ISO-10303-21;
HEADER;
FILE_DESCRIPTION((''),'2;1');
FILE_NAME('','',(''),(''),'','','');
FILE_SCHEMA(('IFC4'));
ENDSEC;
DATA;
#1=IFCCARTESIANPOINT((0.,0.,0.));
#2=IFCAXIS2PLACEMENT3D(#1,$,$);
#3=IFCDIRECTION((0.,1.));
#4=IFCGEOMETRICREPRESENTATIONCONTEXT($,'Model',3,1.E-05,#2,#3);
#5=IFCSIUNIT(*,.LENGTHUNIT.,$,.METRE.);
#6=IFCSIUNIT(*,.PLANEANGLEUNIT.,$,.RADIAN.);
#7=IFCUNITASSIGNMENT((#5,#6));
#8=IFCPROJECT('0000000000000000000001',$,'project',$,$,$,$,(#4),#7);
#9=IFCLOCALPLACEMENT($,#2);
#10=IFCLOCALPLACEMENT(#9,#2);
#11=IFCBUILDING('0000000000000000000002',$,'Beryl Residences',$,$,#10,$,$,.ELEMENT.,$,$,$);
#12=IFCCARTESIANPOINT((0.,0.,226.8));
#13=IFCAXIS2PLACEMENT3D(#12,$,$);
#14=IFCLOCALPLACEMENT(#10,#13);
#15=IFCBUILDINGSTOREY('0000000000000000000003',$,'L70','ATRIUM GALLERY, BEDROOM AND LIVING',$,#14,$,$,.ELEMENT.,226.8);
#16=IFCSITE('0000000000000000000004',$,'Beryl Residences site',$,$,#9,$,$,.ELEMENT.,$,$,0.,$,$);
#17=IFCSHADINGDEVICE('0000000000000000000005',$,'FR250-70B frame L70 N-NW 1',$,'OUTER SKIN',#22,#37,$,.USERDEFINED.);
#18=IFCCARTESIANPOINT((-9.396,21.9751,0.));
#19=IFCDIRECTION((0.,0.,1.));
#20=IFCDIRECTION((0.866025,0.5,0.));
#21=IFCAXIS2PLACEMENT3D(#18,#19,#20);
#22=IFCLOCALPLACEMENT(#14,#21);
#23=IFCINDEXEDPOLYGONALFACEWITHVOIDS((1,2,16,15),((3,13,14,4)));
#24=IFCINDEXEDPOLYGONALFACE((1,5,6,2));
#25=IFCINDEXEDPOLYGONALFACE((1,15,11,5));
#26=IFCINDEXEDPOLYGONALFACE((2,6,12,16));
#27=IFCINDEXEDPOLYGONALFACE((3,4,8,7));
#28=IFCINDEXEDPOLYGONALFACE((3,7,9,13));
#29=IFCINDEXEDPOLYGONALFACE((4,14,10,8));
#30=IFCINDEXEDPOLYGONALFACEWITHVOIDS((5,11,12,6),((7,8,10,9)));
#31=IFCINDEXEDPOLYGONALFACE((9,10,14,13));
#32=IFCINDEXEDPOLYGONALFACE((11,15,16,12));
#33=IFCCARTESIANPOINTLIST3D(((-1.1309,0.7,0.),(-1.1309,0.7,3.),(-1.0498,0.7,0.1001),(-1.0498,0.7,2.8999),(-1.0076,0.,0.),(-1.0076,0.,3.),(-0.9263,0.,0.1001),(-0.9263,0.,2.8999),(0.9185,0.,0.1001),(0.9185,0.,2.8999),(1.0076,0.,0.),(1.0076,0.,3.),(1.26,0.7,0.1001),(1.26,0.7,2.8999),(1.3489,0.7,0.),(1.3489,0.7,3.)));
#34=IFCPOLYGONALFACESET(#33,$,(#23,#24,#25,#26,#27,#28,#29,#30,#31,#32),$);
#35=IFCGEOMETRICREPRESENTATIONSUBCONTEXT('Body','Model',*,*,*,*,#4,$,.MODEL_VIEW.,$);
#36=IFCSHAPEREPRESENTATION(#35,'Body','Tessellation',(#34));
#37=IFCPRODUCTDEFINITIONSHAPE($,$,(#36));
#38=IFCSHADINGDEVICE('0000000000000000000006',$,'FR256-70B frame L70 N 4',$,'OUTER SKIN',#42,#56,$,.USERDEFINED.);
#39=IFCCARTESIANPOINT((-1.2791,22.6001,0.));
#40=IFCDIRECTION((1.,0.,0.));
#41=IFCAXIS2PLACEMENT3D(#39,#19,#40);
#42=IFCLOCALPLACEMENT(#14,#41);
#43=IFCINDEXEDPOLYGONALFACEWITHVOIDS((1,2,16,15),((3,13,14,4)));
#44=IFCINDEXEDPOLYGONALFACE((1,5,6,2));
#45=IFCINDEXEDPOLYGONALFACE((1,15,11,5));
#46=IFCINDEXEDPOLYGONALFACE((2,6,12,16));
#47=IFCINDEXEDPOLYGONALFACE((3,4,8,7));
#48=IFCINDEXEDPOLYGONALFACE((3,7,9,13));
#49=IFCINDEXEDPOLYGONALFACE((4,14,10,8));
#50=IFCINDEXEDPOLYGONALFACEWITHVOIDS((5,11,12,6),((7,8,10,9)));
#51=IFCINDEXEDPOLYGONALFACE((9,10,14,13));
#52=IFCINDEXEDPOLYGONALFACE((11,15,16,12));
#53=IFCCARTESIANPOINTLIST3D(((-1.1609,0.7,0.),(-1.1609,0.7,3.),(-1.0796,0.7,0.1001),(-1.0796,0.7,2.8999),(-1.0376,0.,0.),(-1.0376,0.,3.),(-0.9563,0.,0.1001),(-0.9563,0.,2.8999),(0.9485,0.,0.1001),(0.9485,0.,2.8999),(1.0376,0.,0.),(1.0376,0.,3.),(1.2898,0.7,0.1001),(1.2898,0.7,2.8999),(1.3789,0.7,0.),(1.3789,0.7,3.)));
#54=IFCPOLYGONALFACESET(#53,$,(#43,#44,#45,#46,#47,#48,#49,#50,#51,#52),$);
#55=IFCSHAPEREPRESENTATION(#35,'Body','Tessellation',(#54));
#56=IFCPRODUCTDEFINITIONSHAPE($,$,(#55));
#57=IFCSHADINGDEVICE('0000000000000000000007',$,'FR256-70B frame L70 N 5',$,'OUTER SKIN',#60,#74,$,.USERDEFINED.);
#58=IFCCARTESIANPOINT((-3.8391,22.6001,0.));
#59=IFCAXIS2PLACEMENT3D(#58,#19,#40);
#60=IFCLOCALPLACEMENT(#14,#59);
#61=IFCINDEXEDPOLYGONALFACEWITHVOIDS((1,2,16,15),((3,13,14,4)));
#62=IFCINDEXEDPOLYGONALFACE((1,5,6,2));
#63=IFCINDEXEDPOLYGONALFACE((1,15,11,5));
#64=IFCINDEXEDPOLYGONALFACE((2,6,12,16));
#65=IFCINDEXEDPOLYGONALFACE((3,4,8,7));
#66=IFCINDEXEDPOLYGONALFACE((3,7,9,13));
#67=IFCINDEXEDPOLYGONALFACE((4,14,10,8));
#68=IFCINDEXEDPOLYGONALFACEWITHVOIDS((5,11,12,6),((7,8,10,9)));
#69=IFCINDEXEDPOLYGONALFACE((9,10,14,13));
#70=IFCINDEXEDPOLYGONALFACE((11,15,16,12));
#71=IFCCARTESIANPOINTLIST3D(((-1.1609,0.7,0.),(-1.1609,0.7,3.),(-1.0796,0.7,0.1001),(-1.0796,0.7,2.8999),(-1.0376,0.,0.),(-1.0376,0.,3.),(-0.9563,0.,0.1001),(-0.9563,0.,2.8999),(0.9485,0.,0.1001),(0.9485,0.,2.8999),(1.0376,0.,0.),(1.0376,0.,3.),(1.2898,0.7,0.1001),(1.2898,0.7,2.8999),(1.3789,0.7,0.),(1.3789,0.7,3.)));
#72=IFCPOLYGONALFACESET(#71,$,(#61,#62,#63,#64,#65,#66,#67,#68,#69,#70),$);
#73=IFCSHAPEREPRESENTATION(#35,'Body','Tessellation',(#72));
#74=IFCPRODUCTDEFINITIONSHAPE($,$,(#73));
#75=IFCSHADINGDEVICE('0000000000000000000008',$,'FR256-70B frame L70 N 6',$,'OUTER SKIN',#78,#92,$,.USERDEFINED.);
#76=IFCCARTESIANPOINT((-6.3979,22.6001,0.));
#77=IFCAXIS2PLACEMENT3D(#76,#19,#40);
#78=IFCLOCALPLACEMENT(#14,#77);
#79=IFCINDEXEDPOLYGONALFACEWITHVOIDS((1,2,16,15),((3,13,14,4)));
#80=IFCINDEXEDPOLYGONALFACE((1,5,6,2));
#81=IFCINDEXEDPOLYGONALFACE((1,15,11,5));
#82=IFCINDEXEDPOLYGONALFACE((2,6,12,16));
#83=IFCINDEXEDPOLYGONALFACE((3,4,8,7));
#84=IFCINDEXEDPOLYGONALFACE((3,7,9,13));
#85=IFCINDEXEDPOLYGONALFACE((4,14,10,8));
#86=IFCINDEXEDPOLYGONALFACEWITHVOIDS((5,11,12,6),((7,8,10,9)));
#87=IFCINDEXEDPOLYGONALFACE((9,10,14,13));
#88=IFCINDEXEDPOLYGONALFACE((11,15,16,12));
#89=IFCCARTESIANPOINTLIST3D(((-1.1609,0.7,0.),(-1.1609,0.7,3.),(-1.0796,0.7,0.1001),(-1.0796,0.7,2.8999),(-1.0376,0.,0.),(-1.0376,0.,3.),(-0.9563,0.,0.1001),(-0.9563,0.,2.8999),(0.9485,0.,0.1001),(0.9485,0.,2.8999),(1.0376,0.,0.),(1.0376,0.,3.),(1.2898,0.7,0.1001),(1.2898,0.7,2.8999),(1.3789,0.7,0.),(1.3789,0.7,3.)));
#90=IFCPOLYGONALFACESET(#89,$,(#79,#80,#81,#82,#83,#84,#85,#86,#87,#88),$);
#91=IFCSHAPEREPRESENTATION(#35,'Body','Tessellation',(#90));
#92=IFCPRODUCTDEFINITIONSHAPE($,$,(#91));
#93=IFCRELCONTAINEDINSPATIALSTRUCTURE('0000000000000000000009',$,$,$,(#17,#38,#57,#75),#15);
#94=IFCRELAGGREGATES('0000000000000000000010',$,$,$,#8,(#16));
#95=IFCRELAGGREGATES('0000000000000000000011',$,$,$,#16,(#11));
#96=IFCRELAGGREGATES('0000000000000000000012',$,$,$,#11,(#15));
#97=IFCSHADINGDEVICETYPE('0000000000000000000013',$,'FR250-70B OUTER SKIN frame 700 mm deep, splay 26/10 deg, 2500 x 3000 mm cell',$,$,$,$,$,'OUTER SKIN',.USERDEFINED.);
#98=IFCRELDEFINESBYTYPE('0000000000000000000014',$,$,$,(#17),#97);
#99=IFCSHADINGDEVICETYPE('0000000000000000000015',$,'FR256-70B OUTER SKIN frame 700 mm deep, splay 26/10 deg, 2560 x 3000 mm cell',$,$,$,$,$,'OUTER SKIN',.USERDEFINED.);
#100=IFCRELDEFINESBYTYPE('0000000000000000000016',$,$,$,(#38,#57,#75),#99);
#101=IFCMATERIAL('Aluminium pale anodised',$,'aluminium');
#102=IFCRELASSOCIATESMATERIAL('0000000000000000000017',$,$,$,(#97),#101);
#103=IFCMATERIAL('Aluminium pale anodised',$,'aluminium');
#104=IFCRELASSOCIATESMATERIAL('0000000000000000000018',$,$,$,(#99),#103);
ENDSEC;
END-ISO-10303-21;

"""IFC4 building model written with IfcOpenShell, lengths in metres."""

from ifc_helpers import new_model, entity, si_unit, direction, frame, origin, place, context, subcontext, project, spatial, source, transform, mapped, material, type_object, type_shapes, element, save


model = new_model("IFC4")

# Units and contexts
model_context = context("Model", 3, precision=1e-05, world=origin(), true_north=direction((0.0, 1.0)))
body_context = subcontext(model_context, "Body", "Model", "MODEL_VIEW")
ifc_project = project(units=[si_unit("LENGTHUNIT", "METRE"), si_unit("PLANEANGLEUNIT", "RADIAN")], contexts=[model_context])

# Site, building, storey
site_placement = place(None, origin())
site = spatial("IfcSite", under=ifc_project, at=site_placement, Name="Beryl Residences site", CompositionType="ELEMENT", RefElevation=0.0)
building_placement = place(site_placement, origin())
building = spatial("IfcBuilding", under=site, at=building_placement, Name="Beryl Residences", CompositionType="ELEMENT")
storey_placement = place(building_placement, frame((0.0, 0.0, 226.8)))
storey = spatial("IfcBuildingStorey", under=building, at=storey_placement, Name="L70", Description="ATRIUM GALLERY, BEDROOM AND LIVING", CompositionType="ELEMENT", Elevation=226.8)

# Shading devices
ifc_material_1 = material(Name="Aluminium pale anodised", Category="aluminium")
shading_device_type_1 = type_object("IfcShadingDeviceType", Name="FR250-70B OUTER SKIN frame 700 mm deep, splay 26/10 deg, 2500 x 3000 mm cell", ElementType="OUTER SKIN", PredefinedType="USERDEFINED", material=ifc_material_1)
cartesian_point_1 = entity("IfcCartesianPoint", [-1.0076, 0.0])
cartesian_point_2 = entity("IfcCartesianPoint", [-0.9185, 0.1001])
cartesian_point_3 = entity("IfcCartesianPoint", [-1.3489, 0.0])
cartesian_point_4 = entity("IfcCartesianPoint", [-1.26, 0.1001])
shared_shape_1 = source(origin(), body_context, "Body", "SweptSolid", [
    entity("IfcExtrudedAreaSolidTapered", entity("IfcArbitraryProfileDefWithVoids", "AREA", None, entity("IfcPolyline", [cartesian_point_1, entity("IfcCartesianPoint", [1.0076, 0.0]), entity("IfcCartesianPoint", [1.0076, 3.0]), entity("IfcCartesianPoint", [-1.0076, 3.0]), cartesian_point_1]), [entity("IfcPolyline", [cartesian_point_2, entity("IfcCartesianPoint", [0.9263, 0.1001]), entity("IfcCartesianPoint", [0.9263, 2.8999]), entity("IfcCartesianPoint", [-0.9185, 2.8999]), cartesian_point_2])]), entity("IfcAxis2Placement3D", entity("IfcCartesianPoint", [0.0, 0.0, 0.0]), entity("IfcDirection", [0.0, 1.0, 0.0]), entity("IfcDirection", [-1.0, 0.0, 0.0])), entity("IfcDirection", [0.0, 0.0, 1.0]), 0.7, entity("IfcArbitraryProfileDefWithVoids", "AREA", None, entity("IfcPolyline", [cartesian_point_3, entity("IfcCartesianPoint", [1.1309, 0.0]), entity("IfcCartesianPoint", [1.1309, 3.0]), entity("IfcCartesianPoint", [-1.3489, 3.0]), cartesian_point_3]), [entity("IfcPolyline", [cartesian_point_4, entity("IfcCartesianPoint", [1.0498, 0.1001]), entity("IfcCartesianPoint", [1.0498, 2.8999]), entity("IfcCartesianPoint", [-1.26, 2.8999]), cartesian_point_4])])),
])
type_shapes(shading_device_type_1, [shared_shape_1])
shading_device_placement = place(storey_placement, frame((-9.396, 21.9751, 0.0), z_axis=(0.0, 0.0, 1.0), x_axis=(0.866025, 0.5, 0.0)))
element("IfcShadingDevice", 1, at=shading_device_placement, inside=storey, type_object=shading_device_type_1, Name="FR250-70B frame L70 N-NW 1", ObjectType="OUTER SKIN", PredefinedType="USERDEFINED", context=body_context, shape_type="MappedRepresentation", body=[
    mapped(shared_shape_1, transform((0.0, 0.0, 0.0))),
])
ifc_material_2 = material(Name="Aluminium pale anodised", Category="aluminium")
shading_device_type_2 = type_object("IfcShadingDeviceType", Name="FR256-70B OUTER SKIN frame 700 mm deep, splay 26/10 deg, 2560 x 3000 mm cell", ElementType="OUTER SKIN", PredefinedType="USERDEFINED", material=ifc_material_2)
cartesian_point_5 = entity("IfcCartesianPoint", [-1.0376, 0.0])
cartesian_point_6 = entity("IfcCartesianPoint", [-0.9485, 0.1001])
cartesian_point_7 = entity("IfcCartesianPoint", [-1.3789, 0.0])
cartesian_point_8 = entity("IfcCartesianPoint", [-1.2898, 0.1001])
shared_shape_2 = source(origin(), body_context, "Body", "SweptSolid", [
    entity("IfcExtrudedAreaSolidTapered", entity("IfcArbitraryProfileDefWithVoids", "AREA", None, entity("IfcPolyline", [cartesian_point_5, entity("IfcCartesianPoint", [1.0376, 0.0]), entity("IfcCartesianPoint", [1.0376, 3.0]), entity("IfcCartesianPoint", [-1.0376, 3.0]), cartesian_point_5]), [entity("IfcPolyline", [cartesian_point_6, entity("IfcCartesianPoint", [0.9563, 0.1001]), entity("IfcCartesianPoint", [0.9563, 2.8999]), entity("IfcCartesianPoint", [-0.9485, 2.8999]), cartesian_point_6])]), entity("IfcAxis2Placement3D", entity("IfcCartesianPoint", [0.0, 0.0, 0.0]), entity("IfcDirection", [0.0, 1.0, 0.0]), entity("IfcDirection", [-1.0, 0.0, 0.0])), entity("IfcDirection", [0.0, 0.0, 1.0]), 0.7, entity("IfcArbitraryProfileDefWithVoids", "AREA", None, entity("IfcPolyline", [cartesian_point_7, entity("IfcCartesianPoint", [1.1609, 0.0]), entity("IfcCartesianPoint", [1.1609, 3.0]), entity("IfcCartesianPoint", [-1.3789, 3.0]), cartesian_point_7]), [entity("IfcPolyline", [cartesian_point_8, entity("IfcCartesianPoint", [1.0796, 0.1001]), entity("IfcCartesianPoint", [1.0796, 2.8999]), entity("IfcCartesianPoint", [-1.2898, 2.8999]), cartesian_point_8])])),
])
type_shapes(shading_device_type_2, [shared_shape_2])
for number, where, z_axis, x_axis, name in (
    (2, (-1.2791, 22.6001, 0.0), (0.0, 0.0, 1.0), (1.0, 0.0, 0.0), "FR256-70B frame L70 N 4"),
    (3, (-3.8391, 22.6001, 0.0), (0.0, 0.0, 1.0), (1.0, 0.0, 0.0), "FR256-70B frame L70 N 5"),
    (4, (-6.3979, 22.6001, 0.0), (0.0, 0.0, 1.0), (1.0, 0.0, 0.0), "FR256-70B frame L70 N 6"),
):
    element("IfcShadingDevice", number, at=place(storey_placement, frame(where, z_axis=z_axis, x_axis=x_axis)), inside=storey, type_object=shading_device_type_2, Name=name, ObjectType="OUTER SKIN", PredefinedType="USERDEFINED", context=body_context, shape_type="MappedRepresentation", body=[
        mapped(shared_shape_2, transform((0.0, 0.0, 0.0))),
    ])

save(model, "model.ifc")
